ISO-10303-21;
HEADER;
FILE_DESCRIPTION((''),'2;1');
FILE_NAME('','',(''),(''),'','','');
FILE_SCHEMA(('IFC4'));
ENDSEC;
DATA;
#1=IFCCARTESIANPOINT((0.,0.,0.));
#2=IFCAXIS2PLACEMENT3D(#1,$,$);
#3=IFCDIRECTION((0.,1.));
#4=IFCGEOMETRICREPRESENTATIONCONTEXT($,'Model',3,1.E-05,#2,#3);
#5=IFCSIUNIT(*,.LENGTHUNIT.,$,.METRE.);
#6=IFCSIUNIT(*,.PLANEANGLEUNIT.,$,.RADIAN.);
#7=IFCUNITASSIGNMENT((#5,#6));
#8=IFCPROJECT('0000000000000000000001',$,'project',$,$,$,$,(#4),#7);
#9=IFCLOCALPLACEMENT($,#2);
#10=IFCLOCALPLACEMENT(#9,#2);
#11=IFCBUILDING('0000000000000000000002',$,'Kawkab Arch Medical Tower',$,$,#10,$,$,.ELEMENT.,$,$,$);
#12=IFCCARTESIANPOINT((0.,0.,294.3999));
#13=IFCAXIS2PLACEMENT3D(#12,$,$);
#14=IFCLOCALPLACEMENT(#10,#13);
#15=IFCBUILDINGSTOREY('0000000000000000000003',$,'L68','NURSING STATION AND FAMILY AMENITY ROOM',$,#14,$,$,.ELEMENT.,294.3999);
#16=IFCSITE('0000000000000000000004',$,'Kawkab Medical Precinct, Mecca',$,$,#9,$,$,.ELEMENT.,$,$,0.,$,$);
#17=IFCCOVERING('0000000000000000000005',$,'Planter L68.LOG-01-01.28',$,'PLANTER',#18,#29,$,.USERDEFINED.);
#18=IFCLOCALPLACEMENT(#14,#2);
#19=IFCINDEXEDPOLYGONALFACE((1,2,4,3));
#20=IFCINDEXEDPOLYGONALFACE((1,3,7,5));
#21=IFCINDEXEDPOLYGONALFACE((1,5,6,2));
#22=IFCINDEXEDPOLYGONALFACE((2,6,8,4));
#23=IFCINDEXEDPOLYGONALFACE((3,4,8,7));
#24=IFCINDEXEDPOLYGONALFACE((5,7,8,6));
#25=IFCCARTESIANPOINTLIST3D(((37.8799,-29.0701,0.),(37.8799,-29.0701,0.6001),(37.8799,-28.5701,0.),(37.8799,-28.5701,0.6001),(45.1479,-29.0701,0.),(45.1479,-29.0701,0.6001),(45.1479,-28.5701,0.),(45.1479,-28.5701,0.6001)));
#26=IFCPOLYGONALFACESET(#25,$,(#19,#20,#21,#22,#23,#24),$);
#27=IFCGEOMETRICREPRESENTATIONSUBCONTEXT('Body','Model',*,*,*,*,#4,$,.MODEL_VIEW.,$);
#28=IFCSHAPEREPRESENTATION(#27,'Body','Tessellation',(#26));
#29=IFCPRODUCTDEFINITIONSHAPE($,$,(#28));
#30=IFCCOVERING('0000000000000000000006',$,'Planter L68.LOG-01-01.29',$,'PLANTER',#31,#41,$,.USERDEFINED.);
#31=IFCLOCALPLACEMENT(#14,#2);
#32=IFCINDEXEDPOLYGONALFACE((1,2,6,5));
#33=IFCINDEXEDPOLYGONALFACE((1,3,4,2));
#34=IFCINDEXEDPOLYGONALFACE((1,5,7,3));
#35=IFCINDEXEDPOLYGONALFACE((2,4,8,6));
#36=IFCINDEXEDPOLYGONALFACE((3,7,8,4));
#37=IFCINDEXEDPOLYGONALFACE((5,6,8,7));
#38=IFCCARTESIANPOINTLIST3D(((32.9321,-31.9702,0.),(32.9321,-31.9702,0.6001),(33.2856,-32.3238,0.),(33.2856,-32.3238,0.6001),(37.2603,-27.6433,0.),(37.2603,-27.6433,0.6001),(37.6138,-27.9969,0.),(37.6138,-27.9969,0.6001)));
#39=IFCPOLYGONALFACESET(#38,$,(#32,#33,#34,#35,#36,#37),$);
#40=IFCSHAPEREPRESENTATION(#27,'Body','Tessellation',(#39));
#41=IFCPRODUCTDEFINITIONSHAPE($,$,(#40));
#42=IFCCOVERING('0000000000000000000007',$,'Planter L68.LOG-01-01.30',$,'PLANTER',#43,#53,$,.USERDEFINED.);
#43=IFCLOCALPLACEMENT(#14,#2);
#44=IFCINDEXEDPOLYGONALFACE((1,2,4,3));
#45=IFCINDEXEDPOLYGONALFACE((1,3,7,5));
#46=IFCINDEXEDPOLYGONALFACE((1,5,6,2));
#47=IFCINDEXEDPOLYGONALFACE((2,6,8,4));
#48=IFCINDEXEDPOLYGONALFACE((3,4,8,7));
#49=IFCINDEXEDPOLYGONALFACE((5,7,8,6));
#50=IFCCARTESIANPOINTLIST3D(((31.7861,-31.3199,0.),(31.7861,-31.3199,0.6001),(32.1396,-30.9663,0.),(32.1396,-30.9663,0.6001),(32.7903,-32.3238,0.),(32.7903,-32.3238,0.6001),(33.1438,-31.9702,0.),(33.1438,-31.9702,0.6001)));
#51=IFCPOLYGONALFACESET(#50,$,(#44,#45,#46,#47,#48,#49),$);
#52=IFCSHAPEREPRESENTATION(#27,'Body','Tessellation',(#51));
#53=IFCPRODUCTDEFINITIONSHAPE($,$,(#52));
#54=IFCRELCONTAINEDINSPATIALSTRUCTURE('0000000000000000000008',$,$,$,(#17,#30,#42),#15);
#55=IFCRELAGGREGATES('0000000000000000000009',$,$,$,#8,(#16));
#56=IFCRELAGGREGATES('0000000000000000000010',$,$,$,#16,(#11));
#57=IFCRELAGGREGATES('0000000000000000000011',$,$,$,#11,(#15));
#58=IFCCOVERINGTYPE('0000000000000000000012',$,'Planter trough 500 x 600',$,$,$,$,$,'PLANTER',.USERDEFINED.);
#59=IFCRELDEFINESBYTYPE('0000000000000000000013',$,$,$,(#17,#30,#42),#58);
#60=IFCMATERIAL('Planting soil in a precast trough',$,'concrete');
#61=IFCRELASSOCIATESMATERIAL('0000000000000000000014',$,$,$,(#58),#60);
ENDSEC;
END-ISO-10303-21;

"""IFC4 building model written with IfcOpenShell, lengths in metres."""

from ifc_helpers import new_model, si_unit, direction, frame, origin, origin_2d, place, context, subcontext, project, spatial, rectangle, extrude, material, material_profile, profile_set, type_object, element, save


model = new_model("IFC4")

# Units and contexts
model_context = context("Model", 3, precision=1e-05, world=origin(), true_north=direction((0.0, 1.0)))
body_context = subcontext(model_context, "Body", "Model", "MODEL_VIEW")
ifc_project = project(units=[si_unit("LENGTHUNIT", "METRE"), si_unit("PLANEANGLEUNIT", "RADIAN")], contexts=[model_context])

# Site, building, storey
site_placement = place(None, origin())
site = spatial("IfcSite", under=ifc_project, at=site_placement, Name="Kawkab Medical Precinct, Mecca", CompositionType="ELEMENT", RefElevation=0.0)
building_placement = place(site_placement, origin())
building = spatial("IfcBuilding", under=site, at=building_placement, Name="Kawkab Arch Medical Tower", CompositionType="ELEMENT")
storey_placement = place(building_placement, frame((0.0, 0.0, 294.3999)))
storey = spatial("IfcBuildingStorey", under=building, at=storey_placement, Name="L68", Description="NURSING STATION AND FAMILY AMENITY ROOM", CompositionType="ELEMENT", Elevation=294.3999)

# Coverings
ifc_material_1 = material(Name="Planting soil in a precast trough", Category="concrete")
ifc_material_profile_1 = material_profile(ifc_material_1, rectangle(XDim=0.5, YDim=0.6001, at=origin_2d()), Name="Trough 500x600")
ifc_profile_set_1 = profile_set([ifc_material_profile_1], Name="Planting soil in a precast trough")
covering_type = type_object("IfcCoveringType", Name="Planter trough 500 x 600", ElementType="PLANTER", PredefinedType="USERDEFINED", material=ifc_profile_set_1)
covering_1_placement = place(storey_placement, frame((45.1479, -28.8201, 0.3), z_axis=(-1.0, 0.0, 0.0), x_axis=(0.0, -1.0, 0.0)))
element("IfcCovering", 1, at=covering_1_placement, inside=storey, type_object=covering_type, Name="Planter L68.LOG-01-01.28", ObjectType="PLANTER", PredefinedType="USERDEFINED", context=body_context, shape_type="SweptSolid", body=[
    extrude(rectangle(XDim=0.5, YDim=0.6001, at=origin_2d()), origin(), (0.0, 0.0, 1.0), 7.2681),
])
covering_2_placement = place(storey_placement, frame((37.437, -27.8201, 0.3), z_axis=(-0.707207, -0.707007, 0.0), x_axis=(0.707007, -0.707207, 0.0)))
element("IfcCovering", 2, at=covering_2_placement, inside=storey, type_object=covering_type, Name="Planter L68.LOG-01-01.29", ObjectType="PLANTER", PredefinedType="USERDEFINED", context=body_context, shape_type="SweptSolid", body=[
    extrude(rectangle(XDim=0.5, YDim=0.6001, at=origin_2d()), origin(), (0.0, 0.0, 1.0), 6.1201),
])
covering_3_placement = place(storey_placement, frame((32.967, -32.147, 0.3), z_axis=(-0.707193, 0.707021, 0.0), x_axis=(-0.707021, -0.707193, 0.0)))
element("IfcCovering", 3, at=covering_3_placement, inside=storey, type_object=covering_type, Name="Planter L68.LOG-01-01.30", ObjectType="PLANTER", PredefinedType="USERDEFINED", context=body_context, shape_type="SweptSolid", body=[
    extrude(rectangle(XDim=0.5, YDim=0.6001, at=origin_2d()), origin(), (0.0, 0.0, 1.0), 1.4199),
])

save(model, "model.ifc")
